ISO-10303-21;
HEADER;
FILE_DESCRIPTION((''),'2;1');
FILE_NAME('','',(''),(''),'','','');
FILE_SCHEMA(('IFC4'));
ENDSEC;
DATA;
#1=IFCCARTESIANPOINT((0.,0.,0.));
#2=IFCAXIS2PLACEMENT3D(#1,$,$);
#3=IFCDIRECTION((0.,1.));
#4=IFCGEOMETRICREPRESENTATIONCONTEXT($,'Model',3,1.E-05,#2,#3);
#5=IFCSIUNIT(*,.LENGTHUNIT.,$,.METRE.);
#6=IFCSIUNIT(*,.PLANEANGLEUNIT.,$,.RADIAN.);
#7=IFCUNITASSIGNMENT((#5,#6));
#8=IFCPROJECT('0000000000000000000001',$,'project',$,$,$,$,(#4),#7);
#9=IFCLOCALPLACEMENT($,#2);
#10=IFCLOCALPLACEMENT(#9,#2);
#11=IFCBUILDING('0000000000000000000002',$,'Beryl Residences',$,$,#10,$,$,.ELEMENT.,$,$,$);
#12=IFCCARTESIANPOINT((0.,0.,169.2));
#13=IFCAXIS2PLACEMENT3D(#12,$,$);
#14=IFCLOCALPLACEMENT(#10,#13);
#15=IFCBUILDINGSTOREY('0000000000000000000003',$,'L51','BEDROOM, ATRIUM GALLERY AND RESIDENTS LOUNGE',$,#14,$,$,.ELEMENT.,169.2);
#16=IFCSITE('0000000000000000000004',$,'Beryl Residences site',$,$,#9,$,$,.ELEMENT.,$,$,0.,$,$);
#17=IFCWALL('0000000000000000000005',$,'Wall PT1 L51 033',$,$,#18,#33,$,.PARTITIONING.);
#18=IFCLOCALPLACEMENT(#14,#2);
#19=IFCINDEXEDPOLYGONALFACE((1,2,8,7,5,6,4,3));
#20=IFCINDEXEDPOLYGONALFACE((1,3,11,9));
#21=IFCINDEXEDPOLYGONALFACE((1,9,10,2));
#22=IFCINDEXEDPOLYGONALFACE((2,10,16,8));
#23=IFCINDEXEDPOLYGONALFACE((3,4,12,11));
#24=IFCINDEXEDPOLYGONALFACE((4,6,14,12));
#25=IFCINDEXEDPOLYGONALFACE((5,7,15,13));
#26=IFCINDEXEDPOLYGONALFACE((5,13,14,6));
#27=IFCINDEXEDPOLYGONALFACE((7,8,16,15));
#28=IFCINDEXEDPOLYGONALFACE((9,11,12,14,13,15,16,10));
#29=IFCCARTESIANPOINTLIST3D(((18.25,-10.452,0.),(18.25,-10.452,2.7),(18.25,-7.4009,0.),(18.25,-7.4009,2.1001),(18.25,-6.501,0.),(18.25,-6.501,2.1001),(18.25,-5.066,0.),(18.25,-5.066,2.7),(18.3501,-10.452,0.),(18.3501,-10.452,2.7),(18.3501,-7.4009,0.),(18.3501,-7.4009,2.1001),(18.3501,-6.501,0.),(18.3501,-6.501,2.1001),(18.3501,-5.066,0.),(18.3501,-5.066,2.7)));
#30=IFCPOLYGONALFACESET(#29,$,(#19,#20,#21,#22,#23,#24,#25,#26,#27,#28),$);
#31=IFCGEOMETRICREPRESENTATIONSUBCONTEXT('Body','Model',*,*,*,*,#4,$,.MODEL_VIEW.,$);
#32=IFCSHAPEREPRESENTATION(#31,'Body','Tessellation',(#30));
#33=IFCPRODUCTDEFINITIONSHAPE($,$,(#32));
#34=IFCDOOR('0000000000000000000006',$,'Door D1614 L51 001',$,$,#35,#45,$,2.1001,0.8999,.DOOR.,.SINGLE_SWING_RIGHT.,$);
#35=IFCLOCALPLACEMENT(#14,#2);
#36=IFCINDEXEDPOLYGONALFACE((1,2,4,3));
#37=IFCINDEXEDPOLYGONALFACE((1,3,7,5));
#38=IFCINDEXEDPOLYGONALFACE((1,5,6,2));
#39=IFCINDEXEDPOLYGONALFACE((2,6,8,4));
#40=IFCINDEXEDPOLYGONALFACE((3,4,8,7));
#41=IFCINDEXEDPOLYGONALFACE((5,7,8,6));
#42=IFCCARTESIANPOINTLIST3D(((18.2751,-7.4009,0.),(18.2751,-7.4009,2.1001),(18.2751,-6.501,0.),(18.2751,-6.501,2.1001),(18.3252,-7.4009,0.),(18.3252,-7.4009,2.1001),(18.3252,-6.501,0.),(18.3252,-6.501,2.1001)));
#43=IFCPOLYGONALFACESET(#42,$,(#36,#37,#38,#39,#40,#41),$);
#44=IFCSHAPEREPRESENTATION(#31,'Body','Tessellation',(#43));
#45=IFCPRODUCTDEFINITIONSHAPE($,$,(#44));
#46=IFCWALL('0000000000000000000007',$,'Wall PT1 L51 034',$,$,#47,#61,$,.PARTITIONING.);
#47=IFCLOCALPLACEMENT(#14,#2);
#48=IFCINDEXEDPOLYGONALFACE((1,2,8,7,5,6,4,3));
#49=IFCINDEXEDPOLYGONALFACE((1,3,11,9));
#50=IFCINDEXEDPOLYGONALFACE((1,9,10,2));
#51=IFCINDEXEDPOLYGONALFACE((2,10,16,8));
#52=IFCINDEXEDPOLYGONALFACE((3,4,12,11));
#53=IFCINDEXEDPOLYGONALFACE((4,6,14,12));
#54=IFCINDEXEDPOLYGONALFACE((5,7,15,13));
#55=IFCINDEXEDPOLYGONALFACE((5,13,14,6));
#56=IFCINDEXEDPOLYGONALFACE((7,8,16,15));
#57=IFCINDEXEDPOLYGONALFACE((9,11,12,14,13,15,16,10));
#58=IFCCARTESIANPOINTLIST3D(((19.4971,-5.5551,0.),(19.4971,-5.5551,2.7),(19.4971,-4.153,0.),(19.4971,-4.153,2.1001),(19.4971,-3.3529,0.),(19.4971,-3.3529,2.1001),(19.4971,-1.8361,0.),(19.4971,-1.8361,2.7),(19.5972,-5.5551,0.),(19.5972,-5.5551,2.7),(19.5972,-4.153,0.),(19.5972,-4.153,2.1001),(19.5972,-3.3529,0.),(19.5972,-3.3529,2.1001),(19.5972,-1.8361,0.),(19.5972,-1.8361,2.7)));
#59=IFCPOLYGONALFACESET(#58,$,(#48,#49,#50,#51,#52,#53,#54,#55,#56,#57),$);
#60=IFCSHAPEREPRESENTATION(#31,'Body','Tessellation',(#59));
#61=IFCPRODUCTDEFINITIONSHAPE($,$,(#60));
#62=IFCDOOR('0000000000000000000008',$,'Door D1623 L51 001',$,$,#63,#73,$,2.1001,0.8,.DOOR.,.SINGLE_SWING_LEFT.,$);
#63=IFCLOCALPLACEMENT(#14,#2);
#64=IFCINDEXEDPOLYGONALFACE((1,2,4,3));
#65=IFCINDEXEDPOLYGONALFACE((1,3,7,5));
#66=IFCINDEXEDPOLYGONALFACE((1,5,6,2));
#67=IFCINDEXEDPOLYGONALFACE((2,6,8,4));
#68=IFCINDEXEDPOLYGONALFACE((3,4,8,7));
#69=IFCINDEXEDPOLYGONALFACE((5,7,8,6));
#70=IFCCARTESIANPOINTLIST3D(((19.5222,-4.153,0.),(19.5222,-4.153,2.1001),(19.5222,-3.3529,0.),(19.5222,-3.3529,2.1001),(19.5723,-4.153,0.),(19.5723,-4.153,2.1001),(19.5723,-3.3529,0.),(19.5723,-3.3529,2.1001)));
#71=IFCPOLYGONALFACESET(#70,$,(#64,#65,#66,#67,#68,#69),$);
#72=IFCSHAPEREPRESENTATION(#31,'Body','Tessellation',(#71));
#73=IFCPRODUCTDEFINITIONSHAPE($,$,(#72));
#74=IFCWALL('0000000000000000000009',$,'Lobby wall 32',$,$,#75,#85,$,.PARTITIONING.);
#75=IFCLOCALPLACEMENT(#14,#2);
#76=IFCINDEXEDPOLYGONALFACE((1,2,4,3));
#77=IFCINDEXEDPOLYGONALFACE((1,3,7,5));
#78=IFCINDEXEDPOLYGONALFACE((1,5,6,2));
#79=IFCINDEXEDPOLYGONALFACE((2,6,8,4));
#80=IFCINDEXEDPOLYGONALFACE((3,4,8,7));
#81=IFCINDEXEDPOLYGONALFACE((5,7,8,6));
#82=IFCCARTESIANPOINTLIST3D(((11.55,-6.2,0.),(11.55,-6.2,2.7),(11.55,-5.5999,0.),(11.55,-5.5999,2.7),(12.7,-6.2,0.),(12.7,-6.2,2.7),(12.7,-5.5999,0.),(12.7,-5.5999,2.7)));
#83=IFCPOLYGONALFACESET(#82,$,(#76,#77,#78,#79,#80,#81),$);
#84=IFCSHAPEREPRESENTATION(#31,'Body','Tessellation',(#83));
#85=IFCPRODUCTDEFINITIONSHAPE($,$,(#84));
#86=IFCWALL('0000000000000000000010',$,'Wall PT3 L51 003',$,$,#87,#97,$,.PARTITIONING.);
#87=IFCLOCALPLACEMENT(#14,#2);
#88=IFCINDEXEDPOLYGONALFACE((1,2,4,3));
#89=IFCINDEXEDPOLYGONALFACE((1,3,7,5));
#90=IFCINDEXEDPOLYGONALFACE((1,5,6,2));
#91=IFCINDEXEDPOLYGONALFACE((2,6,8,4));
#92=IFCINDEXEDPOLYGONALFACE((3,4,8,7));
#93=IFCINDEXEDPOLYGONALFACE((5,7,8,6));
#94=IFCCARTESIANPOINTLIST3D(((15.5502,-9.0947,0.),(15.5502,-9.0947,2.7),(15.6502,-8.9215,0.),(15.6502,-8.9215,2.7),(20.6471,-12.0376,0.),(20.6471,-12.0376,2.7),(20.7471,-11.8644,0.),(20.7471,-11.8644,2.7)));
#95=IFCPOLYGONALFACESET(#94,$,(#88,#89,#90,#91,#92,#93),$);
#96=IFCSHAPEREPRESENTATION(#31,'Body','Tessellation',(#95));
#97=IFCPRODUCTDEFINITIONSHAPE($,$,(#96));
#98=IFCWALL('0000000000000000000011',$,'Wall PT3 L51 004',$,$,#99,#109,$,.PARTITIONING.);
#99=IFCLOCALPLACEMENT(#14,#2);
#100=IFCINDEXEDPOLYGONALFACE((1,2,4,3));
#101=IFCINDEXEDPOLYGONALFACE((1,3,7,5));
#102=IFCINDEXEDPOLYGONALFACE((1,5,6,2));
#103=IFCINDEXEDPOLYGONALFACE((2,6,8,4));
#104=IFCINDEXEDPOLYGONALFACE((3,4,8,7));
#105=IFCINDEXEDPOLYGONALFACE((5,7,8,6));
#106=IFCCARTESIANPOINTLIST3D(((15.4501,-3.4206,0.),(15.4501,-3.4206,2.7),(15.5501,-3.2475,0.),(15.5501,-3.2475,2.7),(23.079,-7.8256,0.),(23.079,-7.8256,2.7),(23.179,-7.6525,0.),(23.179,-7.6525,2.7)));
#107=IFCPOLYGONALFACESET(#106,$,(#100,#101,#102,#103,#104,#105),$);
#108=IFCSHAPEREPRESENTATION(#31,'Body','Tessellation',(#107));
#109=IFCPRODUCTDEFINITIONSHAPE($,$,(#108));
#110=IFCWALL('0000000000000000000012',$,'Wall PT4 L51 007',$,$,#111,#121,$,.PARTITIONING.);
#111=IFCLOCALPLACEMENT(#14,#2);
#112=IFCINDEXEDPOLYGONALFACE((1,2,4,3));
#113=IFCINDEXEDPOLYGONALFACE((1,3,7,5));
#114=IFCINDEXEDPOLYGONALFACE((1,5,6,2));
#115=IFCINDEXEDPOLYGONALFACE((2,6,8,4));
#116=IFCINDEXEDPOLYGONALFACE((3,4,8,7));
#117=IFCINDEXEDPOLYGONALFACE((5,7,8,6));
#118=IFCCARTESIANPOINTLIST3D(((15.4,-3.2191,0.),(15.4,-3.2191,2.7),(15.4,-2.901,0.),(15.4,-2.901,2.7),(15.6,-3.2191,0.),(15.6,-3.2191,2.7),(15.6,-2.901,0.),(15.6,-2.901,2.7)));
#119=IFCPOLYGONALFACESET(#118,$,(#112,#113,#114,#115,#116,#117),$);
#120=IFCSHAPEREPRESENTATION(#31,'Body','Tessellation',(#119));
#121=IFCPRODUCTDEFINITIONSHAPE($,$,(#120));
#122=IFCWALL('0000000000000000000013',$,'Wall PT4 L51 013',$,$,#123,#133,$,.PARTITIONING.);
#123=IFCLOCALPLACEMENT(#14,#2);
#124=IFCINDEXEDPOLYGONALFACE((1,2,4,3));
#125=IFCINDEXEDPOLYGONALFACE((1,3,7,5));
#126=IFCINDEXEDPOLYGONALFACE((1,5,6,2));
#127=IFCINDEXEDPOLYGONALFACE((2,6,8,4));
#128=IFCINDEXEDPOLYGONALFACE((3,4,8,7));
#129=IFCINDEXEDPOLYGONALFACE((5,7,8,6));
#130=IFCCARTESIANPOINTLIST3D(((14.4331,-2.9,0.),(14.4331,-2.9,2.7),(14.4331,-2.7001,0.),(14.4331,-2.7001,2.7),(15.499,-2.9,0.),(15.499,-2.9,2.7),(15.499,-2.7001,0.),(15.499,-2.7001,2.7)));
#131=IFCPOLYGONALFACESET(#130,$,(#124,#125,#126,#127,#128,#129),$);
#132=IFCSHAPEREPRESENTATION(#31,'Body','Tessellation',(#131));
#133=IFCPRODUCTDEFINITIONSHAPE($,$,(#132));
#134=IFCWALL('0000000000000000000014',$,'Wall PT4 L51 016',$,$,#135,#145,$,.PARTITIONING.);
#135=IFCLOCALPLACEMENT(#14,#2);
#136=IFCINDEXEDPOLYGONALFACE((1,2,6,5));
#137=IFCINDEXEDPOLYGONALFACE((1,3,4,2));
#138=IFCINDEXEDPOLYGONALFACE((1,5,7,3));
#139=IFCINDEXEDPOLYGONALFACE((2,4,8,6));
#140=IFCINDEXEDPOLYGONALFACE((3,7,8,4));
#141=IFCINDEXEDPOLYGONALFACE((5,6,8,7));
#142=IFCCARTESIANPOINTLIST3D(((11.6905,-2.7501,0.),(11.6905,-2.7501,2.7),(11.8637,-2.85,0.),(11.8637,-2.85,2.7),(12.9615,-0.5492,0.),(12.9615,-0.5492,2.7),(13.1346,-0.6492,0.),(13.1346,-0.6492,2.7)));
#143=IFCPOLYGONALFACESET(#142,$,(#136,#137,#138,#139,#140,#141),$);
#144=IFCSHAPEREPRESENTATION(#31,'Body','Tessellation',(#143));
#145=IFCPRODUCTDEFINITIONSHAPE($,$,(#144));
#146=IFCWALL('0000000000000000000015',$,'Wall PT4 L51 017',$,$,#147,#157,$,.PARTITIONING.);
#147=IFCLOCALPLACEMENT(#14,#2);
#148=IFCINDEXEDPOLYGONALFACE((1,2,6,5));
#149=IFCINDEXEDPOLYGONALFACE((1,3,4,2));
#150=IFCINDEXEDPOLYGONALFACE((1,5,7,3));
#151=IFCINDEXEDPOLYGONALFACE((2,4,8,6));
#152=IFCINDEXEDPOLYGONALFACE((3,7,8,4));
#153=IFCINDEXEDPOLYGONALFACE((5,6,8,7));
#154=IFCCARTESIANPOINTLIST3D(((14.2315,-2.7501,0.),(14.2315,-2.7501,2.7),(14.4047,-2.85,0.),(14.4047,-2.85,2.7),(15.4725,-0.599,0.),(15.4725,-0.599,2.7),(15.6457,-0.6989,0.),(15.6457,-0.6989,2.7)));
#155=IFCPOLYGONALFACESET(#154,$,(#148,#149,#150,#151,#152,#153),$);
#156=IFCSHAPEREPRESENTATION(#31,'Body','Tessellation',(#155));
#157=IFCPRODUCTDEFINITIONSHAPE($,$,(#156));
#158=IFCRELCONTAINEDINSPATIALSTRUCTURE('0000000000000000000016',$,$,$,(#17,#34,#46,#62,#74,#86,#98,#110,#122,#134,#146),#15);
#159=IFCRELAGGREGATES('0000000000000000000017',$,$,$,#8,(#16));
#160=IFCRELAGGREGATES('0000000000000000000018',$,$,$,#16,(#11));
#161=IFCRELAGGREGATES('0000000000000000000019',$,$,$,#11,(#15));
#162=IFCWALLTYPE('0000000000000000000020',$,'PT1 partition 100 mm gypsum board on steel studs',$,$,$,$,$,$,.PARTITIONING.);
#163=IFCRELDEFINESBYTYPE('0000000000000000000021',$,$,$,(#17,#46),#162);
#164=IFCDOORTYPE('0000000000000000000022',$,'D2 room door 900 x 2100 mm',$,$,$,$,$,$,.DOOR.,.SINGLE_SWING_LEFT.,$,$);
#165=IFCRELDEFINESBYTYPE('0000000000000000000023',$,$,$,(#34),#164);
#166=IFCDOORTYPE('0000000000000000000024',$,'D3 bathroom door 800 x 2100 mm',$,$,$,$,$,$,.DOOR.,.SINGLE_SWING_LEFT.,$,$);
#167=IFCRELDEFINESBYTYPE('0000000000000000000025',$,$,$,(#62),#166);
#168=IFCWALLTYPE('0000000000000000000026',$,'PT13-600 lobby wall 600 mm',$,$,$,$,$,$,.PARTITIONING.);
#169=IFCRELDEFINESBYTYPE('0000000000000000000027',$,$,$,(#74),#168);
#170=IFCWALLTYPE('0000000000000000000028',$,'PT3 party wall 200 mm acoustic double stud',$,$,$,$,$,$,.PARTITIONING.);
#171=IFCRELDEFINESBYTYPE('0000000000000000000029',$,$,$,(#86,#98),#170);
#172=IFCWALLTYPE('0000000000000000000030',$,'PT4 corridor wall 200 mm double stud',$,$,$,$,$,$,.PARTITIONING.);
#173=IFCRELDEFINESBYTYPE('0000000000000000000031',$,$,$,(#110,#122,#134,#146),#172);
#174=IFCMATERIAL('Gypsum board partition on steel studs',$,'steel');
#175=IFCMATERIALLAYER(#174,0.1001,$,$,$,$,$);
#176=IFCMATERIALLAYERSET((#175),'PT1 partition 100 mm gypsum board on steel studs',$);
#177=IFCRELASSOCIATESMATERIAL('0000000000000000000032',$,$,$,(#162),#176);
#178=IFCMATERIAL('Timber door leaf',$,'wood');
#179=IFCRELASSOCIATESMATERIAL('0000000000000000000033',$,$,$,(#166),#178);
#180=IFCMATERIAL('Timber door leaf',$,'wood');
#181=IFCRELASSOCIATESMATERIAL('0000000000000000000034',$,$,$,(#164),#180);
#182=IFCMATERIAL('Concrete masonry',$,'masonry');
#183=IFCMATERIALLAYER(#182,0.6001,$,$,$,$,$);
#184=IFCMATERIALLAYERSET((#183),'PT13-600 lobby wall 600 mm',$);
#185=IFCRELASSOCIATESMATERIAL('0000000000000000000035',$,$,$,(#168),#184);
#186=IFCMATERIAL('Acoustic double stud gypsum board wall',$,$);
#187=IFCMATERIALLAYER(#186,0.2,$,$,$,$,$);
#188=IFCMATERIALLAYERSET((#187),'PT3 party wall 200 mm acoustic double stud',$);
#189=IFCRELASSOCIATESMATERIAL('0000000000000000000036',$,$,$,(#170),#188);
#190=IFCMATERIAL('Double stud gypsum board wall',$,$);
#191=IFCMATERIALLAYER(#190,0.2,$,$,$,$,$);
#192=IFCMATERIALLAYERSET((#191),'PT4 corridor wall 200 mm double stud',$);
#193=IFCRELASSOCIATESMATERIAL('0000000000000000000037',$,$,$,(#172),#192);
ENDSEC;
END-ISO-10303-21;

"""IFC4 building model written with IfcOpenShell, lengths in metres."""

from ifc_helpers import new_model, si_unit, direction, frame, frame_2d, origin, place, context, subcontext, project, spatial, rectangle, extrude, material, layer, layer_set, type_object, element, fill, save


model = new_model("IFC4")

# Units and contexts
model_context = context("Model", 3, precision=1e-05, world=origin(), true_north=direction((0.0, 1.0)))
body_context = subcontext(model_context, "Body", "Model", "MODEL_VIEW")
ifc_project = project(units=[si_unit("LENGTHUNIT", "METRE"), si_unit("PLANEANGLEUNIT", "RADIAN")], contexts=[model_context])

# Site, building, storey
site_placement = place(None, origin())
site = spatial("IfcSite", under=ifc_project, at=site_placement, Name="Beryl Residences site", CompositionType="ELEMENT", RefElevation=0.0)
building_placement = place(site_placement, origin())
building = spatial("IfcBuilding", under=site, at=building_placement, Name="Beryl Residences", CompositionType="ELEMENT")
storey_placement = place(building_placement, frame((0.0, 0.0, 169.2)))
storey = spatial("IfcBuildingStorey", under=building, at=storey_placement, Name="L51", Description="BEDROOM, ATRIUM GALLERY AND RESIDENTS LOUNGE", CompositionType="ELEMENT", Elevation=169.2)

# Walls, openings, doors
ifc_material_1 = material(Name="Gypsum board partition on steel studs", Category="steel")
ifc_layer_1 = layer(ifc_material_1, 0.1001)
ifc_layer_set_1 = layer_set([ifc_layer_1], Name="PT1 partition 100 mm gypsum board on steel studs")
wall_type_1 = type_object("IfcWallType", Name="PT1 partition 100 mm gypsum board on steel studs", PredefinedType="PARTITIONING", material=ifc_layer_set_1)
ifc_material_2 = material(Name="Timber door leaf", Category="wood")
door_type_1 = type_object("IfcDoorType", Name="D3 bathroom door 800 x 2100 mm", OperationType="SINGLE_SWING_LEFT", PredefinedType="DOOR", material=ifc_material_2)
ifc_material_3 = material(Name="Timber door leaf", Category="wood")
door_type_2 = type_object("IfcDoorType", Name="D2 room door 900 x 2100 mm", OperationType="SINGLE_SWING_LEFT", PredefinedType="DOOR", material=ifc_material_3)
wall_1_placement = place(storey_placement, frame((18.3, -10.4519, 0.0), z_axis=(0.0, 0.0, 1.0), x_axis=(0.0, 1.0, 0.0)))
wall_1 = element("IfcWall", 1, at=wall_1_placement, inside=storey, type_object=wall_type_1, Name="Wall PT1 L51 033", PredefinedType="PARTITIONING", context=body_context, shape_type="SweptSolid", body=[
    extrude(rectangle(XDim=5.386, YDim=0.1001, at=frame_2d((2.6929, 0.0))), origin(), (0.0, 0.0, 1.0), 2.7),
])
opening_1_placement = place(wall_1_placement, frame((3.051, 0.0, 0.0)))
opening_1 = element("IfcOpeningElement", 2, at=opening_1_placement, cuts=wall_1, PredefinedType="OPENING", context=body_context, shape_type="SweptSolid", body=[
    extrude(rectangle(XDim=0.8999, YDim=2.1001, at=frame_2d((0.45, 1.05))), frame((0.0, 0.0601, 0.0), z_axis=(0.0, -1.0, 0.0), x_axis=(1.0, 0.0, 0.0)), (0.0, 0.0, 1.0), 0.1201),
])
door_1_placement = place(opening_1_placement, origin())
door_1 = element("IfcDoor", 3, at=door_1_placement, inside=storey, type_object=door_type_2, Name="Door D1614 L51 001", OperationType="SINGLE_SWING_RIGHT", OverallHeight=2.1001, OverallWidth=0.8999, PredefinedType="DOOR", context=body_context, shape_type="SweptSolid", body=[
    extrude(rectangle(XDim=0.8999, YDim=2.1001, at=frame_2d((0.45, 1.05))), frame((0.0, 0.0249, 0.0), z_axis=(0.0, -1.0, 0.0), x_axis=(1.0, 0.0, 0.0)), (0.0, 0.0, 1.0), 0.05),
])
fill(opening_1, door_1)
wall_2_placement = place(storey_placement, frame((19.5471, -5.5549, 0.0), z_axis=(0.0, 0.0, 1.0), x_axis=(0.0, 1.0, 0.0)))
wall_2 = element("IfcWall", 4, at=wall_2_placement, inside=storey, type_object=wall_type_1, Name="Wall PT1 L51 034", PredefinedType="PARTITIONING", context=body_context, shape_type="SweptSolid", body=[
    extrude(rectangle(XDim=3.719, YDim=0.1001, at=frame_2d((1.8594, 0.0))), origin(), (0.0, 0.0, 1.0), 2.7),
])
opening_2_placement = place(wall_2_placement, frame((1.4021, 0.0, 0.0)))
opening_2 = element("IfcOpeningElement", 5, at=opening_2_placement, cuts=wall_2, PredefinedType="OPENING", context=body_context, shape_type="SweptSolid", body=[
    extrude(rectangle(XDim=0.8, YDim=2.1001, at=frame_2d((0.3999, 1.05))), frame((0.0, 0.0601, 0.0), z_axis=(0.0, -1.0, 0.0), x_axis=(1.0, 0.0, 0.0)), (0.0, 0.0, 1.0), 0.1201),
])
door_2_placement = place(opening_2_placement, origin())
door_2 = element("IfcDoor", 6, at=door_2_placement, inside=storey, type_object=door_type_1, Name="Door D1623 L51 001", OperationType="SINGLE_SWING_LEFT", OverallHeight=2.1001, OverallWidth=0.8, PredefinedType="DOOR", context=body_context, shape_type="SweptSolid", body=[
    extrude(rectangle(XDim=0.8, YDim=2.1001, at=frame_2d((0.3999, 1.05))), frame((0.0, 0.0249, 0.0), z_axis=(0.0, -1.0, 0.0), x_axis=(1.0, 0.0, 0.0)), (0.0, 0.0, 1.0), 0.05),
])
fill(opening_2, door_2)

# Walls
ifc_material_4 = material(Name="Concrete masonry", Category="masonry")
ifc_layer_2 = layer(ifc_material_4, 0.6001)
ifc_layer_set_2 = layer_set([ifc_layer_2], Name="PT13-600 lobby wall 600 mm")
wall_type_2 = type_object("IfcWallType", Name="PT13-600 lobby wall 600 mm", PredefinedType="PARTITIONING", material=ifc_layer_set_2)
wall_3_placement = place(storey_placement, frame((11.55, -5.8999, 0.0), z_axis=(0.0, 0.0, 1.0), x_axis=(1.0, 0.0, 0.0)))
element("IfcWall", 7, at=wall_3_placement, inside=storey, type_object=wall_type_2, Name="Lobby wall 32", PredefinedType="PARTITIONING", context=body_context, shape_type="SweptSolid", body=[
    extrude(rectangle(XDim=1.1499, YDim=0.6001, at=frame_2d((0.575, 0.0))), origin(), (0.0, 0.0, 1.0), 2.7),
])
ifc_material_5 = material(Name="Acoustic double stud gypsum board wall")
ifc_layer_3 = layer(ifc_material_5, 0.2)
ifc_layer_set_3 = layer_set([ifc_layer_3], Name="PT3 party wall 200 mm acoustic double stud")
wall_type_3 = type_object("IfcWallType", Name="PT3 party wall 200 mm acoustic double stud", PredefinedType="PARTITIONING", material=ifc_layer_set_3)
wall_4_placement = place(storey_placement, frame((15.6001, -9.0081, 0.0), z_axis=(0.0, 0.0, 1.0), x_axis=(0.866014, -0.50002, 0.0)))
element("IfcWall", 8, at=wall_4_placement, inside=storey, type_object=wall_type_3, Name="Wall PT3 L51 003", PredefinedType="PARTITIONING", context=body_context, shape_type="SweptSolid", body=[
    extrude(rectangle(XDim=5.8855, YDim=0.2, at=frame_2d((2.9429, 0.0))), origin(), (0.0, 0.0, 1.0), 2.7),
])
wall_5_placement = place(storey_placement, frame((15.5, -3.334, 0.0), z_axis=(0.0, 0.0, 1.0), x_axis=(0.866002, -0.500041, 0.0)))
element("IfcWall", 9, at=wall_5_placement, inside=storey, type_object=wall_type_3, Name="Wall PT3 L51 004", PredefinedType="PARTITIONING", context=body_context, shape_type="SweptSolid", body=[
    extrude(rectangle(XDim=8.8093, YDim=0.2, at=frame_2d((4.4048, 0.0))), origin(), (0.0, 0.0, 1.0), 2.7),
])
ifc_material_6 = material(Name="Double stud gypsum board wall")
ifc_layer_4 = layer(ifc_material_6, 0.2)
ifc_layer_set_4 = layer_set([ifc_layer_4], Name="PT4 corridor wall 200 mm double stud")
wall_type_4 = type_object("IfcWallType", Name="PT4 corridor wall 200 mm double stud", PredefinedType="PARTITIONING", material=ifc_layer_set_4)
wall_6_placement = place(storey_placement, frame((15.5, -2.9009, 0.0), z_axis=(0.0, 0.0, 1.0), x_axis=(0.0, -1.0, 0.0)))
element("IfcWall", 10, at=wall_6_placement, inside=storey, type_object=wall_type_4, Name="Wall PT4 L51 007", PredefinedType="PARTITIONING", context=body_context, shape_type="SweptSolid", body=[
    extrude(rectangle(XDim=0.3181, YDim=0.2, at=frame_2d((0.1592, 0.0))), origin(), (0.0, 0.0, 1.0), 2.7),
])
wall_7_placement = place(storey_placement, frame((14.4331, -2.8, 0.0), z_axis=(0.0, 0.0, 1.0), x_axis=(1.0, 0.0, 0.0)))
element("IfcWall", 11, at=wall_7_placement, inside=storey, type_object=wall_type_4, Name="Wall PT4 L51 013", PredefinedType="PARTITIONING", context=body_context, shape_type="SweptSolid", body=[
    extrude(rectangle(XDim=1.0659, YDim=0.2, at=frame_2d((0.533, 0.0))), origin(), (0.0, 0.0, 1.0), 2.7),
])
wall_8_placement = place(storey_placement, frame((11.7771, -2.8, 0.0), z_axis=(0.0, 0.0, 1.0), x_axis=(0.500086, 0.865976, 0.0)))
element("IfcWall", 12, at=wall_8_placement, inside=storey, type_object=wall_type_4, Name="Wall PT4 L51 016", PredefinedType="PARTITIONING", context=body_context, shape_type="SweptSolid", body=[
    extrude(rectangle(XDim=2.5415, YDim=0.2, at=frame_2d((1.2708, 0.0))), origin(), (0.0, 0.0, 1.0), 2.7),
])
wall_9_placement = place(storey_placement, frame((14.3181, -2.8, 0.0), z_axis=(0.0, 0.0, 1.0), x_axis=(0.499703, 0.866197, 0.0)))
element("IfcWall", 13, at=wall_9_placement, inside=storey, type_object=wall_type_4, Name="Wall PT4 L51 017", PredefinedType="PARTITIONING", context=body_context, shape_type="SweptSolid", body=[
    extrude(rectangle(XDim=2.4834, YDim=0.2, at=frame_2d((1.2417, 0.0))), origin(), (0.0, 0.0, 1.0), 2.7),
])

save(model, "model.ifc")
